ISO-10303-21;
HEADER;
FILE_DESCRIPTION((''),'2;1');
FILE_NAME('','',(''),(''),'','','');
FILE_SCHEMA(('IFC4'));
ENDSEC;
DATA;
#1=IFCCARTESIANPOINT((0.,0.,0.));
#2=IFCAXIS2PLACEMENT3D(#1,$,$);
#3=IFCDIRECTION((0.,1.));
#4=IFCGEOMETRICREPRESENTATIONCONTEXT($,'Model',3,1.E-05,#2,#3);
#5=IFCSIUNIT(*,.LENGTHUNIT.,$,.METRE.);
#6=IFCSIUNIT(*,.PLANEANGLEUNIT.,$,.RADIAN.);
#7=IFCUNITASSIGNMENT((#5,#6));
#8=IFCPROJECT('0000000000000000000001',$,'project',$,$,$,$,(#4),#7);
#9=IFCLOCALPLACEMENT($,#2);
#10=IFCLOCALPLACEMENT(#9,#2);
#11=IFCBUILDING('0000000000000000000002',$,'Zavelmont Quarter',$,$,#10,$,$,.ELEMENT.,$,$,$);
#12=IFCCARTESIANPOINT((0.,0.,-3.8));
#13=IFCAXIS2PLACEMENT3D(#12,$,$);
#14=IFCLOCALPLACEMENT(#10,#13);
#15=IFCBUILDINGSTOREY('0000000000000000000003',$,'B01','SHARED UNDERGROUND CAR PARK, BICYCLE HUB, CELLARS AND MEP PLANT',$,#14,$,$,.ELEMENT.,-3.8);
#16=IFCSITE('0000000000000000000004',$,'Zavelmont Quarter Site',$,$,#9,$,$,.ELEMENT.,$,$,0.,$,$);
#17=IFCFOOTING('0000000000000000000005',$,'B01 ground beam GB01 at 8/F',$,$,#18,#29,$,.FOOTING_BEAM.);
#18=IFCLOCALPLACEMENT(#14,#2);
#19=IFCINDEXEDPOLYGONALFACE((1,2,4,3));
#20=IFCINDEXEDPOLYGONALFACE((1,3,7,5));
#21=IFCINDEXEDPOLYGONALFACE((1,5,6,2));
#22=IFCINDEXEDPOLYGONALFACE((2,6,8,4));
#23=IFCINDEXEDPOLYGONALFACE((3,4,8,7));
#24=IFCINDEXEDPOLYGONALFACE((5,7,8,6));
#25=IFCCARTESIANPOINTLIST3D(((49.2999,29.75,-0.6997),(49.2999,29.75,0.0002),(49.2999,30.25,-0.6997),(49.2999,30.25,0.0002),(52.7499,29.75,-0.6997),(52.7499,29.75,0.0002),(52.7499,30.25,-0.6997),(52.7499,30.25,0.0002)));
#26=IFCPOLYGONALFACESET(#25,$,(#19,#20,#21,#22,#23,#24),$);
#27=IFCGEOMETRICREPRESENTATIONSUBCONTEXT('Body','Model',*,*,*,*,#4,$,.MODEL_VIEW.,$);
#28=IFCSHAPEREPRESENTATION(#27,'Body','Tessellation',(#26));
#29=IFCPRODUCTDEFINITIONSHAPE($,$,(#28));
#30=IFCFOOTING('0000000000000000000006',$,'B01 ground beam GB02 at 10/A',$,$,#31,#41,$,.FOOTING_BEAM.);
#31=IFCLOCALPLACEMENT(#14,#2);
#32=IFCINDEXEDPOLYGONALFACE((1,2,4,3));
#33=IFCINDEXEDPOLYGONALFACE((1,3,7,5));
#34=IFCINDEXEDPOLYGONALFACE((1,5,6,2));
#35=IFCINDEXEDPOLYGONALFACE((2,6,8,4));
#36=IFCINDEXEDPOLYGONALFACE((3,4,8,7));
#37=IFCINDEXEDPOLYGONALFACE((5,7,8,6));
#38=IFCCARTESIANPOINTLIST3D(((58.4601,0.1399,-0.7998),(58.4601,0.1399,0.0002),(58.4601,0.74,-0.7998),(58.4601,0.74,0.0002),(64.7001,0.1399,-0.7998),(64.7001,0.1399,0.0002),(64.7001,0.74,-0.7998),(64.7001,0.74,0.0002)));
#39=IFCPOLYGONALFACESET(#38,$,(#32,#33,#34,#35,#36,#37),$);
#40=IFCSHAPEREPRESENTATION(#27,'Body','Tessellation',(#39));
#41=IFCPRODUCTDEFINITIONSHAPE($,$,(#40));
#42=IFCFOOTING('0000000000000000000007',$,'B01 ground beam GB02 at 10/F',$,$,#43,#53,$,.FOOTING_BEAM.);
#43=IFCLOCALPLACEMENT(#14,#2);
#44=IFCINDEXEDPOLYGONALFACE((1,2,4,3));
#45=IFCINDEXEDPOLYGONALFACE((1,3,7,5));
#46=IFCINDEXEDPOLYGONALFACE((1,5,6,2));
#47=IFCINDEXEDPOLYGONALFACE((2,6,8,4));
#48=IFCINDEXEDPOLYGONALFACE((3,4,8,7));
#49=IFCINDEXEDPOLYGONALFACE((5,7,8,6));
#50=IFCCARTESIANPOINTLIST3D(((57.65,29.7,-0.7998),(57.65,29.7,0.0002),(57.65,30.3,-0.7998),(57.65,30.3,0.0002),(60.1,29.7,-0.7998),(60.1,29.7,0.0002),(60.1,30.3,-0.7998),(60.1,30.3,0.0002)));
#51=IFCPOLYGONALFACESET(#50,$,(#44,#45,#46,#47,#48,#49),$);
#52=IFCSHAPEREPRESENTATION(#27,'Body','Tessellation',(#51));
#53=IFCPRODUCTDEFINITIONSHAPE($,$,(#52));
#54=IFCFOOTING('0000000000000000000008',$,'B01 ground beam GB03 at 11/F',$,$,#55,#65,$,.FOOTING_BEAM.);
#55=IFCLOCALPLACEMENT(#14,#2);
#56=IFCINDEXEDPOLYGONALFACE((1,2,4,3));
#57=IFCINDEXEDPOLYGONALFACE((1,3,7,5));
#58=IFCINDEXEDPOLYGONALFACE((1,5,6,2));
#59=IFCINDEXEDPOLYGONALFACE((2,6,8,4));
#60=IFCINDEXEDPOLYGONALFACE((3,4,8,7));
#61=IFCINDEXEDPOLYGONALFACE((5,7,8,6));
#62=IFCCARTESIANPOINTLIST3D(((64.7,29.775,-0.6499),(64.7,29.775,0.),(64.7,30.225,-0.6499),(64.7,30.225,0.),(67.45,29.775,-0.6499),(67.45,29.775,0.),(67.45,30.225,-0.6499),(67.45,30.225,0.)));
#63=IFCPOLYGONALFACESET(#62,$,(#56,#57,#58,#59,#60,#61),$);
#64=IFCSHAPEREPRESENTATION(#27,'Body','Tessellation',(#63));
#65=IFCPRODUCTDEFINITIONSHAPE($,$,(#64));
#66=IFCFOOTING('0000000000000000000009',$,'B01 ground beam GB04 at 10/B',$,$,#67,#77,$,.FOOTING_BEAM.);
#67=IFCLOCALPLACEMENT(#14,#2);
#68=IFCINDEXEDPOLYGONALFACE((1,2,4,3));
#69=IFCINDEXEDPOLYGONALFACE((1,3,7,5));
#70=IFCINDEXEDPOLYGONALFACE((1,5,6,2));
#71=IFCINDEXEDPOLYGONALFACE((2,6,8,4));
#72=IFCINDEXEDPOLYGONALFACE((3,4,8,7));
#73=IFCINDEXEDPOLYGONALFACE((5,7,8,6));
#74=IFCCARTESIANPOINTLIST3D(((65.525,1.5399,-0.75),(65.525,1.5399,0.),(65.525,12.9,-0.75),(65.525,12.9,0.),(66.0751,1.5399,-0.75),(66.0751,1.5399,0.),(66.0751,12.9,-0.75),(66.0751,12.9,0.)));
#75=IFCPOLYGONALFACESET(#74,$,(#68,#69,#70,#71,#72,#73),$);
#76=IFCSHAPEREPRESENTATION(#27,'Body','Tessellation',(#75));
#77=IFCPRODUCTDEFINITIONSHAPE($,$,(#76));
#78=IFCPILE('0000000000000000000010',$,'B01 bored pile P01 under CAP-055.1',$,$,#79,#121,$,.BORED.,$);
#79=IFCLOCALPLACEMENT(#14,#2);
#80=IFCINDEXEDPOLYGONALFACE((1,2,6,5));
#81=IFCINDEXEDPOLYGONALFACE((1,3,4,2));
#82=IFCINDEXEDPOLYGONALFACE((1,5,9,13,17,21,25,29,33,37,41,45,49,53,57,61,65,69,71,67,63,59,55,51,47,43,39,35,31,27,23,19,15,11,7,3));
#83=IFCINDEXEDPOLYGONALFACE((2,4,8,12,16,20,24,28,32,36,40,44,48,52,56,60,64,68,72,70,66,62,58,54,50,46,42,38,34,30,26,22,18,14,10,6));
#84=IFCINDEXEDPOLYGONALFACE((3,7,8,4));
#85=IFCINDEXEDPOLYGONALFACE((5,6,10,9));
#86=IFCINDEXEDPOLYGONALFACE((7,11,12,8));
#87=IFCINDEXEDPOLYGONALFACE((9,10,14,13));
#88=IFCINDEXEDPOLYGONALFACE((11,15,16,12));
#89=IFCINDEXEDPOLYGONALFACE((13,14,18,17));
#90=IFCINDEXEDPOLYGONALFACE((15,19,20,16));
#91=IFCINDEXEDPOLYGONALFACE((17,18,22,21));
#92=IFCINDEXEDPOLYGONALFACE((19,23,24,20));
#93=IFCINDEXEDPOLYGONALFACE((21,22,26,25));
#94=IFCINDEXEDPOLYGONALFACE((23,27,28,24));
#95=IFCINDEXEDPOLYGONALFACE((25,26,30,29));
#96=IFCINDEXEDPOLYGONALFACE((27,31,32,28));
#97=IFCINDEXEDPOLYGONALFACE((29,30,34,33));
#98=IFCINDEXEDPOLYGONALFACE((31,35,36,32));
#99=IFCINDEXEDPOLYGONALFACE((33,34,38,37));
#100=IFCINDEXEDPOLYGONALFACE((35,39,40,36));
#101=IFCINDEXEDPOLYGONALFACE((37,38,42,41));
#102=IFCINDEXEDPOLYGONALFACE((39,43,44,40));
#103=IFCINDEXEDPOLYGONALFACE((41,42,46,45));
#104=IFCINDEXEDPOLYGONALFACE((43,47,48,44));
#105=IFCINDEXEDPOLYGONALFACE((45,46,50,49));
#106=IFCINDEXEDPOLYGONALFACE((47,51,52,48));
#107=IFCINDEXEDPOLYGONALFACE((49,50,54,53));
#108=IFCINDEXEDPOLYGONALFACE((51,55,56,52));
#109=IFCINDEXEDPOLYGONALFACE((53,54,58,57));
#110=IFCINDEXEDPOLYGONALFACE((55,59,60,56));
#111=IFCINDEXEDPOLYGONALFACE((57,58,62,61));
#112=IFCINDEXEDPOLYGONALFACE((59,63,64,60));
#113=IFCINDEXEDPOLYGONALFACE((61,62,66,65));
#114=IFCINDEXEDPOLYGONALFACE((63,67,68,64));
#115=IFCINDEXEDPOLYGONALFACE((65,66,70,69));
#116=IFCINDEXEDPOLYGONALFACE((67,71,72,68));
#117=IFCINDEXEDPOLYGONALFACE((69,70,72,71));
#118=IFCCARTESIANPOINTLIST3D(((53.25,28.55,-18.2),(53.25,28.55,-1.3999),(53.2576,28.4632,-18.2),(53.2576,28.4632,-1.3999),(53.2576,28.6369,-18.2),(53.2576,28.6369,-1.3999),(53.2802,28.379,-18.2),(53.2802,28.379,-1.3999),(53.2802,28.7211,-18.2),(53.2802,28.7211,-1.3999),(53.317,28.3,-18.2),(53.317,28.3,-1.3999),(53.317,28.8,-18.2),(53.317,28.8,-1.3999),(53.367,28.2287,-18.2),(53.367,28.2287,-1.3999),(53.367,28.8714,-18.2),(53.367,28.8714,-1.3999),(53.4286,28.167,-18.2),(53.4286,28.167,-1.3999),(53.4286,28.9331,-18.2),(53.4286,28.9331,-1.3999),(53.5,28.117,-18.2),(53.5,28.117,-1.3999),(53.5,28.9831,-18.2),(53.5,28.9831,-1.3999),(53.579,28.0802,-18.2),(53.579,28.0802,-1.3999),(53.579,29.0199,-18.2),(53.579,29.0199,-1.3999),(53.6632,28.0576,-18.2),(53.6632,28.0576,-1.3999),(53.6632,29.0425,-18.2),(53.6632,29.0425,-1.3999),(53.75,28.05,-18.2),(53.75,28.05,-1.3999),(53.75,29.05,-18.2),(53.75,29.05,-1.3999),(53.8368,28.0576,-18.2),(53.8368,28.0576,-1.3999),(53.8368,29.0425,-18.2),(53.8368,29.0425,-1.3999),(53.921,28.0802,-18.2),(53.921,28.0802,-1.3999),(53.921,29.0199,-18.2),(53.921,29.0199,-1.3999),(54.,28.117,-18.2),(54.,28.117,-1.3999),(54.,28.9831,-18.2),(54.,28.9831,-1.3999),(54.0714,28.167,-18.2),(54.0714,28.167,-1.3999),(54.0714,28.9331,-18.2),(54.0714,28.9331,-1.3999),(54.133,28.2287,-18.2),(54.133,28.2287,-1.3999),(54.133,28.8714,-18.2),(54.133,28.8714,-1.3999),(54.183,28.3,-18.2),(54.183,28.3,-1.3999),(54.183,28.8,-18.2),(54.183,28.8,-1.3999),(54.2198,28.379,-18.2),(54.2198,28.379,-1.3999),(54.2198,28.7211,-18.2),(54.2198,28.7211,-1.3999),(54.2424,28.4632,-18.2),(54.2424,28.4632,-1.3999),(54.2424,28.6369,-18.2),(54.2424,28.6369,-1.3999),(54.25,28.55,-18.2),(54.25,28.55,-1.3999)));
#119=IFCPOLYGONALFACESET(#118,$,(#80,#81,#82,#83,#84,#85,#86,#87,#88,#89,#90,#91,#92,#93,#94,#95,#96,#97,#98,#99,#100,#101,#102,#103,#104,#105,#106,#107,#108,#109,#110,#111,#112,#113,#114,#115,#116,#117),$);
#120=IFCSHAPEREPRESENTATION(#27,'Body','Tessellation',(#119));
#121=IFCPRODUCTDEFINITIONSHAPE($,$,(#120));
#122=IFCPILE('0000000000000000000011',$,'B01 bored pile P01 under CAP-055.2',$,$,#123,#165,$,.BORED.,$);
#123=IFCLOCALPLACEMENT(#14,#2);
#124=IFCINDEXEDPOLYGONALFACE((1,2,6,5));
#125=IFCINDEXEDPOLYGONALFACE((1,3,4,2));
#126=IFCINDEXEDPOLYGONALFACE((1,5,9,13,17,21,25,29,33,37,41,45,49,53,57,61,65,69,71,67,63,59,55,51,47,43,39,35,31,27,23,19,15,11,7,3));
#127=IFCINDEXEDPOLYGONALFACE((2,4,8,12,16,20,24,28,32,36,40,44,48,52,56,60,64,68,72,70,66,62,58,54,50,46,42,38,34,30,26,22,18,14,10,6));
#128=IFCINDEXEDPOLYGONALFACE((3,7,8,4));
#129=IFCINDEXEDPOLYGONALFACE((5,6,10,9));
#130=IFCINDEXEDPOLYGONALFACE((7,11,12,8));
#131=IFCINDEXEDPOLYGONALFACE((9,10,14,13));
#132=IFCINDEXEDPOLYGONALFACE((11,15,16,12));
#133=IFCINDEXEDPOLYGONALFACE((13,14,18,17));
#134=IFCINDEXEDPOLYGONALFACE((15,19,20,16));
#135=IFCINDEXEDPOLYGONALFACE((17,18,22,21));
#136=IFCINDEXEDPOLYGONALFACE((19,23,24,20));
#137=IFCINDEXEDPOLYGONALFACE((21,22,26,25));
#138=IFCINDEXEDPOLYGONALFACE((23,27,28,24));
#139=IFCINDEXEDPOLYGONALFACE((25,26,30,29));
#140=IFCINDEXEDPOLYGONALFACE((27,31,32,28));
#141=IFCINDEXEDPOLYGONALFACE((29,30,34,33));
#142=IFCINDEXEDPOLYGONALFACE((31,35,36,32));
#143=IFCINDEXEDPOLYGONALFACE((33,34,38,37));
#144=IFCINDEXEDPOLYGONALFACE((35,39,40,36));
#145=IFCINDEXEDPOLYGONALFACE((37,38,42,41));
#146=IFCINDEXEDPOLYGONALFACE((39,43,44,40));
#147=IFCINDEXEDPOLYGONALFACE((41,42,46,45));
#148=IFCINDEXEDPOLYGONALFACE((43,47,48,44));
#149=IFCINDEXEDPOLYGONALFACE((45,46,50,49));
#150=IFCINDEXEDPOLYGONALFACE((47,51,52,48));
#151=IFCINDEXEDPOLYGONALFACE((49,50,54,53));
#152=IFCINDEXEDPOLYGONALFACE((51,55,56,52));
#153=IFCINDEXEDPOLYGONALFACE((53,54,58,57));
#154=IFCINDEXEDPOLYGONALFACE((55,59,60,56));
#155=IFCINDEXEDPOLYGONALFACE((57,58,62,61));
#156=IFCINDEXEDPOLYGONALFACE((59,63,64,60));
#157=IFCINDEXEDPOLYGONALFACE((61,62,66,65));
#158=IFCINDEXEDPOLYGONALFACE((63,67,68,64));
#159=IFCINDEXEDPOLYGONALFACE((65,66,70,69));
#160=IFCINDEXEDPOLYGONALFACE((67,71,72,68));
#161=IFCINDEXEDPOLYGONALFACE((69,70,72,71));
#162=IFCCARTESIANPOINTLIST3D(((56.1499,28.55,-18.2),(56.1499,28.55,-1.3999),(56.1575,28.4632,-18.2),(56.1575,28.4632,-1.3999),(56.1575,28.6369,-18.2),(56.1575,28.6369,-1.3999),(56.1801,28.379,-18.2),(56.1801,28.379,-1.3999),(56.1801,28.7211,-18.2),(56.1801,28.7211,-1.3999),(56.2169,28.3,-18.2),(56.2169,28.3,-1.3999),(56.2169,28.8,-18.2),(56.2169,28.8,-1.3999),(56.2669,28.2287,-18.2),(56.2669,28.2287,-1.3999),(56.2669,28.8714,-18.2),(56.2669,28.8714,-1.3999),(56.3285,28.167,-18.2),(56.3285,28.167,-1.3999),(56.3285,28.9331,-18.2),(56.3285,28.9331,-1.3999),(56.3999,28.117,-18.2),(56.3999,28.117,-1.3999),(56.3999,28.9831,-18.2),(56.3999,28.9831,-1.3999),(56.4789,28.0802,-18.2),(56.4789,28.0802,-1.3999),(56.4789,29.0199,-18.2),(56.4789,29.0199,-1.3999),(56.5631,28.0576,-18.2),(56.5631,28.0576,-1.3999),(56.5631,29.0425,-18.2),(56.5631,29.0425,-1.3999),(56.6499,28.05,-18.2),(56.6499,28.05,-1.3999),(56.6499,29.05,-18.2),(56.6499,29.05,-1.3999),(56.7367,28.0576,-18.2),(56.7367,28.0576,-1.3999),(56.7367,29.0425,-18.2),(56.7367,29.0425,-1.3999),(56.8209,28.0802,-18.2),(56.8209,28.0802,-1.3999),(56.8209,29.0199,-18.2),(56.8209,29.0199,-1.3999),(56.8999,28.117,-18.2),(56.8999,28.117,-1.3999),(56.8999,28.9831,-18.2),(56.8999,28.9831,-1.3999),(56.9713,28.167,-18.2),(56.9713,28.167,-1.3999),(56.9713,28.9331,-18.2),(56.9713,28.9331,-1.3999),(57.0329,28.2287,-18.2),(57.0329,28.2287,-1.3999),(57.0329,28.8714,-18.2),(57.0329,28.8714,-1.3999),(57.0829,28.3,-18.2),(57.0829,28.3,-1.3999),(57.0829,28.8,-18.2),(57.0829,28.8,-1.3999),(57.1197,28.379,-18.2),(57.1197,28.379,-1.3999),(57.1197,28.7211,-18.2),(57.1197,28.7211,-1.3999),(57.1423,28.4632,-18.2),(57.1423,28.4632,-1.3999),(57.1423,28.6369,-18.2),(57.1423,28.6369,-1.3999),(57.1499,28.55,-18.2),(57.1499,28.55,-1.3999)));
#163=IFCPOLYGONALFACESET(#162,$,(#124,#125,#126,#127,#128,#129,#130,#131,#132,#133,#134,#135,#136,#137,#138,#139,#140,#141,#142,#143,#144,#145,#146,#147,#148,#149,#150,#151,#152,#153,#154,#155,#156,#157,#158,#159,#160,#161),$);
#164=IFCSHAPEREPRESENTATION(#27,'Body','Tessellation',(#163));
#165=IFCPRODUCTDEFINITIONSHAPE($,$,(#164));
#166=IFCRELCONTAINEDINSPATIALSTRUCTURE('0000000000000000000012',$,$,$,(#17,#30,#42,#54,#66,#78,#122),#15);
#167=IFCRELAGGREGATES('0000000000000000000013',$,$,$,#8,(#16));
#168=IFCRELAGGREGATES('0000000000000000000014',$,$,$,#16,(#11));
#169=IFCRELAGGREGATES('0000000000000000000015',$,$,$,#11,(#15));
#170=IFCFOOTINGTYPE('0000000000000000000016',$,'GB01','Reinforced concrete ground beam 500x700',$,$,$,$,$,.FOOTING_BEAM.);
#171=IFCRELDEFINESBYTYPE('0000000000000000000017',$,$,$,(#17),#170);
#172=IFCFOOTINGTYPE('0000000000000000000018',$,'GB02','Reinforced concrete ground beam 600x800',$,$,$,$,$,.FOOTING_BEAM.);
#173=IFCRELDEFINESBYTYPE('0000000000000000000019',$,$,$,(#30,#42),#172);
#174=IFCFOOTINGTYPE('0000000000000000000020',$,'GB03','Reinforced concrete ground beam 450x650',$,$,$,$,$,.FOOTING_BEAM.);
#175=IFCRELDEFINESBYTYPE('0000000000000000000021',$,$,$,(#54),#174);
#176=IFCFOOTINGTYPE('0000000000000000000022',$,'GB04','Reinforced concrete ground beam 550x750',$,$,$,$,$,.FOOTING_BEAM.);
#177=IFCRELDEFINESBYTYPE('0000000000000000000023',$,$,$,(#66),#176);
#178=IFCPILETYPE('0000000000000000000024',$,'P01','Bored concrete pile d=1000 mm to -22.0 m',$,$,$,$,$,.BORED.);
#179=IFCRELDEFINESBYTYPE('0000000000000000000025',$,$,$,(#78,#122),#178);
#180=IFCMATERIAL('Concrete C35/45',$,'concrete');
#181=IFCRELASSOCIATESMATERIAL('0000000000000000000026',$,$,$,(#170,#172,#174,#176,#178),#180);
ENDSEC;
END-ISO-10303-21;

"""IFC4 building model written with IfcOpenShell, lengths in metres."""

from ifc_helpers import new_model, si_unit, direction, frame, origin, origin_2d, place, context, subcontext, project, spatial, rectangle, circle, extrude, material, material_profile, profile_set, type_object, element, save


model = new_model("IFC4")

# Units and contexts
model_context = context("Model", 3, precision=1e-05, world=origin(), true_north=direction((0.0, 1.0)))
body_context = subcontext(model_context, "Body", "Model", "MODEL_VIEW")
ifc_project = project(units=[si_unit("LENGTHUNIT", "METRE"), si_unit("PLANEANGLEUNIT", "RADIAN")], contexts=[model_context])

# Site, building, storey
site_placement = place(None, origin())
site = spatial("IfcSite", under=ifc_project, at=site_placement, Name="Zavelmont Quarter Site", CompositionType="ELEMENT", RefElevation=0.0)
building_placement = place(site_placement, origin())
building = spatial("IfcBuilding", under=site, at=building_placement, Name="Zavelmont Quarter", CompositionType="ELEMENT")
storey_placement = place(building_placement, frame((0.0, 0.0, -3.8)))
storey = spatial("IfcBuildingStorey", under=building, at=storey_placement, Name="B01", Description="SHARED UNDERGROUND CAR PARK, BICYCLE HUB, CELLARS AND MEP PLANT", CompositionType="ELEMENT", Elevation=-3.8)

# Footings
ifc_material_1 = material(Name="Concrete C35/45", Category="concrete")
footing_type_1 = type_object("IfcFootingType", Name="GB01", Description="Reinforced concrete ground beam 500x700", PredefinedType="FOOTING_BEAM", material=ifc_material_1)
footing_1_placement = place(storey_placement, frame((51.0249, 30.0, -0.6997), z_axis=(0.0, 0.0, 1.0), x_axis=(1.0, 0.0, 0.0)))
element("IfcFooting", 1, at=footing_1_placement, inside=storey, type_object=footing_type_1, Name="B01 ground beam GB01 at 8/F", PredefinedType="FOOTING_BEAM", context=body_context, shape_type="SweptSolid", body=[
    extrude(rectangle(XDim=3.45, YDim=0.5, at=origin_2d()), origin(), (0.0, 0.0, 1.0), 0.7),
])
footing_type_2 = type_object("IfcFootingType", Name="GB02", Description="Reinforced concrete ground beam 600x800", PredefinedType="FOOTING_BEAM", material=ifc_material_1)
footing_2_placement = place(storey_placement, frame((61.5801, 0.4399, -0.7998), z_axis=(0.0, 0.0, 1.0), x_axis=(1.0, 0.0, 0.0)))
element("IfcFooting", 2, at=footing_2_placement, inside=storey, type_object=footing_type_2, Name="B01 ground beam GB02 at 10/A", PredefinedType="FOOTING_BEAM", context=body_context, shape_type="SweptSolid", body=[
    extrude(rectangle(XDim=6.24, YDim=0.6001, at=origin_2d()), origin(), (0.0, 0.0, 1.0), 0.8),
])
footing_3_placement = place(storey_placement, frame((58.875, 30.0, -0.7998), z_axis=(0.0, 0.0, 1.0), x_axis=(1.0, 0.0, 0.0)))
element("IfcFooting", 3, at=footing_3_placement, inside=storey, type_object=footing_type_2, Name="B01 ground beam GB02 at 10/F", PredefinedType="FOOTING_BEAM", context=body_context, shape_type="SweptSolid", body=[
    extrude(rectangle(XDim=2.45, YDim=0.6001, at=origin_2d()), origin(), (0.0, 0.0, 1.0), 0.8),
])
footing_type_3 = type_object("IfcFootingType", Name="GB03", Description="Reinforced concrete ground beam 450x650", PredefinedType="FOOTING_BEAM", material=ifc_material_1)
footing_4_placement = place(storey_placement, frame((66.075, 30.0, -0.6499), z_axis=(0.0, 0.0, 1.0), x_axis=(1.0, 0.0, 0.0)))
element("IfcFooting", 4, at=footing_4_placement, inside=storey, type_object=footing_type_3, Name="B01 ground beam GB03 at 11/F", PredefinedType="FOOTING_BEAM", context=body_context, shape_type="SweptSolid", body=[
    extrude(rectangle(XDim=2.75, YDim=0.45, at=origin_2d()), origin(), (0.0, 0.0, 1.0), 0.6499),
])
footing_type_4 = type_object("IfcFootingType", Name="GB04", Description="Reinforced concrete ground beam 550x750", PredefinedType="FOOTING_BEAM", material=ifc_material_1)
footing_5_placement = place(storey_placement, frame((65.8, 7.22, -0.75), z_axis=(0.0, 0.0, 1.0), x_axis=(0.0, 1.0, 0.0)))
element("IfcFooting", 5, at=footing_5_placement, inside=storey, type_object=footing_type_4, Name="B01 ground beam GB04 at 10/B", PredefinedType="FOOTING_BEAM", context=body_context, shape_type="SweptSolid", body=[
    extrude(rectangle(XDim=11.3601, YDim=0.55, at=origin_2d()), origin(), (0.0, 0.0, 1.0), 0.75),
])

# Piles
ifc_material_profile_1 = material_profile(ifc_material_1, circle(Radius=0.5, at=origin_2d()), Name="BP1000")
ifc_profile_set_1 = profile_set([ifc_material_profile_1], Name="Concrete C35/45")
pile_type_1 = type_object("IfcPileType", Name="P01", Description="Bored concrete pile d=1000 mm to -22.0 m", PredefinedType="BORED", material=ifc_profile_set_1)
for number, where, z_axis, x_axis, name in (
    (6, (53.75, 28.55, -1.3999), (0.0, 0.0, -1.0), (1.0, 0.0, 0.0), "B01 bored pile P01 under CAP-055.1"),
    (7, (56.6499, 28.55, -1.3999), (0.0, 0.0, -1.0), (1.0, 0.0, 0.0), "B01 bored pile P01 under CAP-055.2"),
):
    element("IfcPile", number, at=place(storey_placement, frame(where, z_axis=z_axis, x_axis=x_axis)), inside=storey, type_object=pile_type_1, Name=name, PredefinedType="BORED", context=body_context, shape_type="SweptSolid", body=[
        extrude(circle(Radius=0.5, at=origin_2d()), origin(), (0.0, 0.0, 1.0), 16.8),
    ])

save(model, "model.ifc")
